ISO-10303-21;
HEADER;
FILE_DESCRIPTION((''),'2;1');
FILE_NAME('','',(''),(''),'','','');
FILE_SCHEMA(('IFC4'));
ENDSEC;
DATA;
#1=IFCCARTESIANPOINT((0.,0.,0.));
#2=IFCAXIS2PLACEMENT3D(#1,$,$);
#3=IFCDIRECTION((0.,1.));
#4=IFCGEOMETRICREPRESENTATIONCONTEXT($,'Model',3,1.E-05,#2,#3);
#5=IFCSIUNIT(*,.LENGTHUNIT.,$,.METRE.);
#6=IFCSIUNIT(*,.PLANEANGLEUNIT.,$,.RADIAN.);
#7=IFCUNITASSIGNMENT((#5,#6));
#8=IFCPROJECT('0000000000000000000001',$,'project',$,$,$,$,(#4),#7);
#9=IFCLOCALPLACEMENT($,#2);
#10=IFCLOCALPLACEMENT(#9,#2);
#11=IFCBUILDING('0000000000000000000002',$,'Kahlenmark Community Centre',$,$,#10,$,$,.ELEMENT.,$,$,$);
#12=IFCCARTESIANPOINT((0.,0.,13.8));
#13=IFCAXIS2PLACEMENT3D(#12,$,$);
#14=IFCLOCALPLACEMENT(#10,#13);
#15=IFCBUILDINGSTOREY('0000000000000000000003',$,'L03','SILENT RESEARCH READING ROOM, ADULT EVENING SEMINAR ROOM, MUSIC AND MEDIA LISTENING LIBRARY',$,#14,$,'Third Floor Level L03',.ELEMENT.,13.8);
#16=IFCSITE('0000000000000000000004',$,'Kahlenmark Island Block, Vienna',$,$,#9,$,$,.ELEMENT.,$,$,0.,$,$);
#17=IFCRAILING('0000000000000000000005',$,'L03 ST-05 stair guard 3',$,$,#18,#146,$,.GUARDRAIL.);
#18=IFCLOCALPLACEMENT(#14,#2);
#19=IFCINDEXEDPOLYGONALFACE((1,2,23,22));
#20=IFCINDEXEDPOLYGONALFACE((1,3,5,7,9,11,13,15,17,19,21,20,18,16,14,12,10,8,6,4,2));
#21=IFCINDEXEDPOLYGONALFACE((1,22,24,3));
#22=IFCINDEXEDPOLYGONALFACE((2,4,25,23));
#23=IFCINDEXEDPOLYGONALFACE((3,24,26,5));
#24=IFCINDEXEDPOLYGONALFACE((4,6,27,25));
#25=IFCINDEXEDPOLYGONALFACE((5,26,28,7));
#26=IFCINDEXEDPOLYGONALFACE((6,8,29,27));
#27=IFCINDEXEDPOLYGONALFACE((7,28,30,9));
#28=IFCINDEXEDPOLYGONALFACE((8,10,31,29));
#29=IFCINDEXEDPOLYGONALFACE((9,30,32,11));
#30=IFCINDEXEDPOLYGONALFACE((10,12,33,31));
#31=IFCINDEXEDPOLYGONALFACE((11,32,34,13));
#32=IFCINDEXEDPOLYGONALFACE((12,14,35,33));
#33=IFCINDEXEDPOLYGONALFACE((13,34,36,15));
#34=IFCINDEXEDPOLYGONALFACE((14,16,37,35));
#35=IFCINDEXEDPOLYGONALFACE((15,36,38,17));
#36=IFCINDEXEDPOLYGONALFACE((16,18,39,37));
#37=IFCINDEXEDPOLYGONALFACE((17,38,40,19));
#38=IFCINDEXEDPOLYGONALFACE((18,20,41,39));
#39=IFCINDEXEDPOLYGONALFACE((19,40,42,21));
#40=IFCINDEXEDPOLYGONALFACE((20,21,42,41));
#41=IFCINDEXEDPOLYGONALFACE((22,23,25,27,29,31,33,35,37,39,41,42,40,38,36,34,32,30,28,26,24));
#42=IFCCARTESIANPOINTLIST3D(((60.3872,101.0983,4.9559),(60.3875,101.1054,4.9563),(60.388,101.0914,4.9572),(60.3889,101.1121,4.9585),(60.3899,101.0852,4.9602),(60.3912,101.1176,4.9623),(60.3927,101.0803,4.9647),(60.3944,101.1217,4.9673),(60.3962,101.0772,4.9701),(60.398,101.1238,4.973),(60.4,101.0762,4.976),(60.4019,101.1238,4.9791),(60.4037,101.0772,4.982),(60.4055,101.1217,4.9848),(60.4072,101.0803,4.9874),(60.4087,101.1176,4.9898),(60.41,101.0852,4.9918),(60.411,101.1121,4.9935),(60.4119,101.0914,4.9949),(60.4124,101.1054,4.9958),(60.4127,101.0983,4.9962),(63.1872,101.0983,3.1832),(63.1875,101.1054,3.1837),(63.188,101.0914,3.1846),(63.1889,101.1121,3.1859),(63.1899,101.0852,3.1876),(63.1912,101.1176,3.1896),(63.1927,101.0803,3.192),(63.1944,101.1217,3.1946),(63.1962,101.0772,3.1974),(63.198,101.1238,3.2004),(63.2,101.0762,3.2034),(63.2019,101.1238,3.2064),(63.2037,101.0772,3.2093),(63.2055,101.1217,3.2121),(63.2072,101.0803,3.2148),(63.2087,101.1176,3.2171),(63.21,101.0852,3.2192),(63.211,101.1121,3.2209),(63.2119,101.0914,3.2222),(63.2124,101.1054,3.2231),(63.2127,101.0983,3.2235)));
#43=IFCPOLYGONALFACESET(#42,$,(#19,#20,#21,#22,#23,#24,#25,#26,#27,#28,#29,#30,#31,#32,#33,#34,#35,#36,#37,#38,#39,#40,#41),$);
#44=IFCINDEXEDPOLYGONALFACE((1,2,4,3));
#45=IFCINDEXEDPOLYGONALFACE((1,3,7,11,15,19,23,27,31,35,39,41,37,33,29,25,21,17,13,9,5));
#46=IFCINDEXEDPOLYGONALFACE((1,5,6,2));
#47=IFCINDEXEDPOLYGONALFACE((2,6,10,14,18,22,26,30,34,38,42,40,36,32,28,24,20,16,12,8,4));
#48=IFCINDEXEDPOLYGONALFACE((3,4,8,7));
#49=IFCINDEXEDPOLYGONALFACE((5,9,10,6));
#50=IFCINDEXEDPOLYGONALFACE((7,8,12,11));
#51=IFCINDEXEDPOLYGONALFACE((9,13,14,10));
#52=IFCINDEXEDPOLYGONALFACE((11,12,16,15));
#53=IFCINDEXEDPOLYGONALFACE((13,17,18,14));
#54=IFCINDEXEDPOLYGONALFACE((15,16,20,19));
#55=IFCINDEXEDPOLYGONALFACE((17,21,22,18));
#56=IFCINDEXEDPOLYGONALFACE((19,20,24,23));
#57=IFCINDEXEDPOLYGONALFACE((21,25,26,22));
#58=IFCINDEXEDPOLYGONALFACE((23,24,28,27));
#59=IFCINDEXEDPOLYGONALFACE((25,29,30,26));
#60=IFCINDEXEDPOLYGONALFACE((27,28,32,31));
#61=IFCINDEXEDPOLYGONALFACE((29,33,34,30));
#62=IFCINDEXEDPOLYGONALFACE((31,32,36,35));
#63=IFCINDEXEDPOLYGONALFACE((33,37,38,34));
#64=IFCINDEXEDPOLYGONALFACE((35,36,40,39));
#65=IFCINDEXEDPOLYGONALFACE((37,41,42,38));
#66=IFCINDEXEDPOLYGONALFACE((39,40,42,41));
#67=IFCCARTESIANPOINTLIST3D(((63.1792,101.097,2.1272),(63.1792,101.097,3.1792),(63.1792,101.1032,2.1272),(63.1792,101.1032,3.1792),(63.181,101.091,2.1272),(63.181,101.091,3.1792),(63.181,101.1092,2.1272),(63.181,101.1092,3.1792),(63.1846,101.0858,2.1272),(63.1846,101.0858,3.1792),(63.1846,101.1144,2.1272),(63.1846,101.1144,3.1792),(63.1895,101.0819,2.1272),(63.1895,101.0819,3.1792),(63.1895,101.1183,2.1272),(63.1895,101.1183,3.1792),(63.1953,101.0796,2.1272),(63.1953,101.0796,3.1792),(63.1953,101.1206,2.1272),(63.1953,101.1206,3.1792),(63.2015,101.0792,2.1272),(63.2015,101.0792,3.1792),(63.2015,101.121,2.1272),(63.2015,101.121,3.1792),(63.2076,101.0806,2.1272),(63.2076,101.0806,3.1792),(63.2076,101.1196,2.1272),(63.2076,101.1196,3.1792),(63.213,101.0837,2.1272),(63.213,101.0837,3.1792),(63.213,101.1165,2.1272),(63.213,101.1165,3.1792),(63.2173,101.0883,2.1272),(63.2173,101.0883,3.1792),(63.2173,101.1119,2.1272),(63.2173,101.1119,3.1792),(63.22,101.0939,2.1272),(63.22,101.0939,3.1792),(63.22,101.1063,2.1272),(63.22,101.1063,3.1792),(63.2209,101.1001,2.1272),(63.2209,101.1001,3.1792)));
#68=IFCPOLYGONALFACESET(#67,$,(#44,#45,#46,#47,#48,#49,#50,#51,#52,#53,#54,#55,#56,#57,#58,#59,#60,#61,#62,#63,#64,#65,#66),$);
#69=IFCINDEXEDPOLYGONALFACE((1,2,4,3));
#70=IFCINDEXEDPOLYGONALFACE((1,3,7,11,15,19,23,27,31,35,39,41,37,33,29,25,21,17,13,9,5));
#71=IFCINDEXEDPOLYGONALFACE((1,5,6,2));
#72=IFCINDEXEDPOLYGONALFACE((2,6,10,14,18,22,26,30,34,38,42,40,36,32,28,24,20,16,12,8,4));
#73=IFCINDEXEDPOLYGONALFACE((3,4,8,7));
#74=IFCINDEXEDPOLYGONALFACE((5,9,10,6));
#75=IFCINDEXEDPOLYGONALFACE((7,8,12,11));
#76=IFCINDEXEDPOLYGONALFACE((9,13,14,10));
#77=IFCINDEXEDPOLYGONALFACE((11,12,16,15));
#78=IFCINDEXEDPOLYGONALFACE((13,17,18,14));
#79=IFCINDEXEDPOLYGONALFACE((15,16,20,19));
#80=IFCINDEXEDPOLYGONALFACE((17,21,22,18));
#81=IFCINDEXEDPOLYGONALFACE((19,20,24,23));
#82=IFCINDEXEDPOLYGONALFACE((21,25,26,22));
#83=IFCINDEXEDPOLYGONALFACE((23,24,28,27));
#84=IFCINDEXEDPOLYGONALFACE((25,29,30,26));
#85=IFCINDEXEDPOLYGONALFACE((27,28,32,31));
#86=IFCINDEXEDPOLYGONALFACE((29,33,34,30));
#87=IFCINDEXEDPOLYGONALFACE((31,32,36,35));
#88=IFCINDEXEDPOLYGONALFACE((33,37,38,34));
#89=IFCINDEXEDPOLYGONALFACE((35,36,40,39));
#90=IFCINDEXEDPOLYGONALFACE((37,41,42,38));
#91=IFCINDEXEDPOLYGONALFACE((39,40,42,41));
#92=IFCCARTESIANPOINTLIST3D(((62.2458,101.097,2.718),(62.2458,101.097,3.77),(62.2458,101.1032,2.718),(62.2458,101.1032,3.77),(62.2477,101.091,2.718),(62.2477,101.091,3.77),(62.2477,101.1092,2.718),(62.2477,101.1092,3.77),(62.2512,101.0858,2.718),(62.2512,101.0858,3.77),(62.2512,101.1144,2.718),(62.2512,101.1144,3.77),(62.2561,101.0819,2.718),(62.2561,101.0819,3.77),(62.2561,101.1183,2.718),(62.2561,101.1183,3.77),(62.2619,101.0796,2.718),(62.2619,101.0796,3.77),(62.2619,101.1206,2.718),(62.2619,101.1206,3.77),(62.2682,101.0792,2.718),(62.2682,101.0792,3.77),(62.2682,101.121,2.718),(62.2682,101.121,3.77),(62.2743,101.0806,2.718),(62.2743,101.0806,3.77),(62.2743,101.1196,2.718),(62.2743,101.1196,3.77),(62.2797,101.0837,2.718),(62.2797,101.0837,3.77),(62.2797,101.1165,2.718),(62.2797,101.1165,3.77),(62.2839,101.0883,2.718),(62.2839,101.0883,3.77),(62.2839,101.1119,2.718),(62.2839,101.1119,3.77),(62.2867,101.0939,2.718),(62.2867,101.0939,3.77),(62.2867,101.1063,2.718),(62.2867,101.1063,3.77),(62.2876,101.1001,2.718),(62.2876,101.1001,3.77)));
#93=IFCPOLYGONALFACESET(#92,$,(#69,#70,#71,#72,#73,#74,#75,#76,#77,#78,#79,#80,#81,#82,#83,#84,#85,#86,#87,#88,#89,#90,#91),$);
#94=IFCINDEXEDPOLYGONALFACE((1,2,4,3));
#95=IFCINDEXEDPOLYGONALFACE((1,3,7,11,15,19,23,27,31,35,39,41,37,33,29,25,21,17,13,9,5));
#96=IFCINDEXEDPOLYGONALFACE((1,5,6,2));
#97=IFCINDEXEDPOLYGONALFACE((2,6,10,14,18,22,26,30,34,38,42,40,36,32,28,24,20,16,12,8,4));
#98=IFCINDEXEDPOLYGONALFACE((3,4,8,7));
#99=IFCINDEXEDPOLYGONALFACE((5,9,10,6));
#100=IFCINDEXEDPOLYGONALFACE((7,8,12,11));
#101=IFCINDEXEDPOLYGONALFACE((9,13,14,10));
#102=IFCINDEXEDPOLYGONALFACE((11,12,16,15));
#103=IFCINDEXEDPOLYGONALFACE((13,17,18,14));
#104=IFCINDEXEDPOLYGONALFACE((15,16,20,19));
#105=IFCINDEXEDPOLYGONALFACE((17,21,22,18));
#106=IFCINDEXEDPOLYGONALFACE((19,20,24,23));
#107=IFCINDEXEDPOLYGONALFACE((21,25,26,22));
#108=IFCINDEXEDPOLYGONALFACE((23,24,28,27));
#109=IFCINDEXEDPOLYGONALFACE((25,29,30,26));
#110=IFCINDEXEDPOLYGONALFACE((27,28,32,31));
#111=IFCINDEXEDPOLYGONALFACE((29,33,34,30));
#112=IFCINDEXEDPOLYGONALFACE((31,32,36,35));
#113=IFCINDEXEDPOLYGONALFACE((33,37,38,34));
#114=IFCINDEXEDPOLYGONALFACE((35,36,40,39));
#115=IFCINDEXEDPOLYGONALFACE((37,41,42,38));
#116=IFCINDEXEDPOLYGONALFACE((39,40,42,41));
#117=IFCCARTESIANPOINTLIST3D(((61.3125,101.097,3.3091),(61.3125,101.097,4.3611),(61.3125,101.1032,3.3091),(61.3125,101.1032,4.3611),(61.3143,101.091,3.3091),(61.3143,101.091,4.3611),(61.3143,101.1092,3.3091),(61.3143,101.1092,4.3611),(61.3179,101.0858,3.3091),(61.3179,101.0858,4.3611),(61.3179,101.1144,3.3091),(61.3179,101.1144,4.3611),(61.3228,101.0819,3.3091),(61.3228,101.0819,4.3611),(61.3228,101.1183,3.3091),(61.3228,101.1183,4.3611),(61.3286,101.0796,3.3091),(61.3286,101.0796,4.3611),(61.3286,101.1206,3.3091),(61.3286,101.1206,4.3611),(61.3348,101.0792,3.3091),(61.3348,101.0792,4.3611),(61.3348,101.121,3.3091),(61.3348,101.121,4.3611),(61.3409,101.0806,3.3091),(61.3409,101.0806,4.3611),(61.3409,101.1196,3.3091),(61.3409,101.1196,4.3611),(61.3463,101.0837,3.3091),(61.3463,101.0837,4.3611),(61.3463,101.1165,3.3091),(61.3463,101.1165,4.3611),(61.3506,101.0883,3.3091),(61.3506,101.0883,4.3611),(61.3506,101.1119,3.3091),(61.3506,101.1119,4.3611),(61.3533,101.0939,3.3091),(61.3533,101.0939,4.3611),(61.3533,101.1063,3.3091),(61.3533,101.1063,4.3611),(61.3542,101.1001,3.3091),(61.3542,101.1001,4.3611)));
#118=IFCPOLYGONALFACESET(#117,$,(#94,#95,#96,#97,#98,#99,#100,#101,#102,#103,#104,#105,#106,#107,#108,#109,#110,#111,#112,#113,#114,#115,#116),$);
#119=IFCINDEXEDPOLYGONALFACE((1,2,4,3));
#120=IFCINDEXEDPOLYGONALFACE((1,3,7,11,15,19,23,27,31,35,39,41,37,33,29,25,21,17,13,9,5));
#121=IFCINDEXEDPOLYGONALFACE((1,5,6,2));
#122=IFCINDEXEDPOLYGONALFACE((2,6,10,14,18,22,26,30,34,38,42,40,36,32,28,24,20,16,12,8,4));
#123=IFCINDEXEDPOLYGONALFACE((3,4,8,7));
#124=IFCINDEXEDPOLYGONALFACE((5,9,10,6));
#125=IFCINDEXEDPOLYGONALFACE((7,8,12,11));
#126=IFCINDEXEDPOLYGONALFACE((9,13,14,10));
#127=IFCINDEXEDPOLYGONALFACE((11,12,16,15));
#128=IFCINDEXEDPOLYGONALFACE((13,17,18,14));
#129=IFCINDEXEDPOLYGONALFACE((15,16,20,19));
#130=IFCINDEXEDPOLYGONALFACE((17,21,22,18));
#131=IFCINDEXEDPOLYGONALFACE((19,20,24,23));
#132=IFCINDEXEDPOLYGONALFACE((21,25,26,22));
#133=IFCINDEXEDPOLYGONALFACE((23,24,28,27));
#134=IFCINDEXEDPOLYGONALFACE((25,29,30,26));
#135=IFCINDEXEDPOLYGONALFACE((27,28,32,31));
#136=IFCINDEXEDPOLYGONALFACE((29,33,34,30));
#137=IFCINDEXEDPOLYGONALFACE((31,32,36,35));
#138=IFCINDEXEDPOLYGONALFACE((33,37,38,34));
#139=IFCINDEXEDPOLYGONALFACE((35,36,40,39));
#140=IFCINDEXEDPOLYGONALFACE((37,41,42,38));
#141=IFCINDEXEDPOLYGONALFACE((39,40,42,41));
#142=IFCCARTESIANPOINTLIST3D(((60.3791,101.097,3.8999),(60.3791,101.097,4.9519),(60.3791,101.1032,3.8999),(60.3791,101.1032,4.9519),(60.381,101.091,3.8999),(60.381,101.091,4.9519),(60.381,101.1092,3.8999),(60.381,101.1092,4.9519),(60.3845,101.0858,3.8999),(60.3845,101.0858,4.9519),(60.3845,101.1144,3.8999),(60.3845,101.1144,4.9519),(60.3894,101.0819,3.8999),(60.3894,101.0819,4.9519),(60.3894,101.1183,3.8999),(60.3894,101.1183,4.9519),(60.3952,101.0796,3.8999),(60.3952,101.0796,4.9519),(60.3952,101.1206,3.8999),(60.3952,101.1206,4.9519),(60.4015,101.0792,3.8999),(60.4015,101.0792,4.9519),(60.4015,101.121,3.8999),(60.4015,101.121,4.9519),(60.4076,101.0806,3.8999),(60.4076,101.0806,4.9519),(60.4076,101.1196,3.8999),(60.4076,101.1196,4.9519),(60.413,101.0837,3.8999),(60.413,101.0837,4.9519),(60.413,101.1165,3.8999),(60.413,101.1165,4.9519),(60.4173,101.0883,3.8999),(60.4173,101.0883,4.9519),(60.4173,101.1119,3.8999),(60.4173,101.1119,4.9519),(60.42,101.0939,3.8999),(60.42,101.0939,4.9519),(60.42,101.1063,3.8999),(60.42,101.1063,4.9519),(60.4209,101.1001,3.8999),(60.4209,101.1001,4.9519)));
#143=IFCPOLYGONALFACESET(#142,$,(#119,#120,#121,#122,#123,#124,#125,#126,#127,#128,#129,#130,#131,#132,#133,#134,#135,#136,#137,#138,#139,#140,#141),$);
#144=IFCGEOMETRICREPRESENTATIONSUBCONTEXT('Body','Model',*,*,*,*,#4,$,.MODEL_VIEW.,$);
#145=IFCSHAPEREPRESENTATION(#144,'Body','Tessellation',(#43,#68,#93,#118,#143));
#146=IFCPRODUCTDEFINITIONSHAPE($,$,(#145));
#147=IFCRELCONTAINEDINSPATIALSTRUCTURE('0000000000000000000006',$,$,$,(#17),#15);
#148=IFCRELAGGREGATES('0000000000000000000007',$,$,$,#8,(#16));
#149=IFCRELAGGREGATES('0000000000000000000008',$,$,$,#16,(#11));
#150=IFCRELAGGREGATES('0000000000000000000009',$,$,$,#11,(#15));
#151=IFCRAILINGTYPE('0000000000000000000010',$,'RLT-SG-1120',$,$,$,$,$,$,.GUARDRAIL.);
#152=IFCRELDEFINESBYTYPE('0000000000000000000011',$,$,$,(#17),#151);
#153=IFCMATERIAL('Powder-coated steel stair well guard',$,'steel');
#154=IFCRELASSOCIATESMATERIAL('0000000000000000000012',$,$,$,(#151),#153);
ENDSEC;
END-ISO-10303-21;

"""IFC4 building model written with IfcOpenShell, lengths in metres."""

from ifc_helpers import new_model, si_unit, direction, frame, origin, origin_2d, place, context, subcontext, project, spatial, circle, extrude, material, type_object, element, save


model = new_model("IFC4")

# Units and contexts
model_context = context("Model", 3, precision=1e-05, world=origin(), true_north=direction((0.0, 1.0)))
body_context = subcontext(model_context, "Body", "Model", "MODEL_VIEW")
ifc_project = project(units=[si_unit("LENGTHUNIT", "METRE"), si_unit("PLANEANGLEUNIT", "RADIAN")], contexts=[model_context])

# Site, building, storey
site_placement = place(None, origin())
site = spatial("IfcSite", under=ifc_project, at=site_placement, Name="Kahlenmark Island Block, Vienna", CompositionType="ELEMENT", RefElevation=0.0)
building_placement = place(site_placement, origin())
building = spatial("IfcBuilding", under=site, at=building_placement, Name="Kahlenmark Community Centre", CompositionType="ELEMENT")
storey_placement = place(building_placement, frame((0.0, 0.0, 13.8)))
storey = spatial("IfcBuildingStorey", under=building, at=storey_placement, Name="L03", Description="SILENT RESEARCH READING ROOM, ADULT EVENING SEMINAR ROOM, MUSIC AND MEDIA LISTENING LIBRARY", LongName="Third Floor Level L03", CompositionType="ELEMENT", Elevation=13.8)

# Railing
ifc_material_1 = material(Name="Powder-coated steel stair well guard", Category="steel")
railing_type_1 = type_object("IfcRailingType", Name="RLT-SG-1120", PredefinedType="GUARDRAIL", material=ifc_material_1)
railing_1_placement = place(storey_placement, frame((63.2, 101.1001, 2.1272)))
element("IfcRailing", 1, at=railing_1_placement, inside=storey, type_object=railing_type_1, Name="L03 ST-05 stair guard 3", PredefinedType="GUARDRAIL", context=body_context, shape_type="SweptSolid", body=[
    extrude(circle(Radius=0.0239, at=origin_2d()), frame((0.0, 0.0, 1.0762), z_axis=(-0.844909, 0.0, 0.53491), x_axis=(0.0, -1.0, 0.0)), (0.0, 0.0, 1.0), 3.314),
    extrude(circle(Radius=0.021, at=origin_2d()), origin(), (0.0, 0.0, 1.0), 1.052),
    extrude(circle(Radius=0.021, at=origin_2d()), frame((-0.9333, 0.0, 0.5908)), (0.0, 0.0, 1.0), 1.052),
    extrude(circle(Radius=0.021, at=origin_2d()), frame((-1.8667, 0.0, 1.1819)), (0.0, 0.0, 1.0), 1.052),
    extrude(circle(Radius=0.021, at=origin_2d()), frame((-2.8, 0.0, 1.7727)), (0.0, 0.0, 1.0), 1.052),
])

save(model, "model.ifc")
